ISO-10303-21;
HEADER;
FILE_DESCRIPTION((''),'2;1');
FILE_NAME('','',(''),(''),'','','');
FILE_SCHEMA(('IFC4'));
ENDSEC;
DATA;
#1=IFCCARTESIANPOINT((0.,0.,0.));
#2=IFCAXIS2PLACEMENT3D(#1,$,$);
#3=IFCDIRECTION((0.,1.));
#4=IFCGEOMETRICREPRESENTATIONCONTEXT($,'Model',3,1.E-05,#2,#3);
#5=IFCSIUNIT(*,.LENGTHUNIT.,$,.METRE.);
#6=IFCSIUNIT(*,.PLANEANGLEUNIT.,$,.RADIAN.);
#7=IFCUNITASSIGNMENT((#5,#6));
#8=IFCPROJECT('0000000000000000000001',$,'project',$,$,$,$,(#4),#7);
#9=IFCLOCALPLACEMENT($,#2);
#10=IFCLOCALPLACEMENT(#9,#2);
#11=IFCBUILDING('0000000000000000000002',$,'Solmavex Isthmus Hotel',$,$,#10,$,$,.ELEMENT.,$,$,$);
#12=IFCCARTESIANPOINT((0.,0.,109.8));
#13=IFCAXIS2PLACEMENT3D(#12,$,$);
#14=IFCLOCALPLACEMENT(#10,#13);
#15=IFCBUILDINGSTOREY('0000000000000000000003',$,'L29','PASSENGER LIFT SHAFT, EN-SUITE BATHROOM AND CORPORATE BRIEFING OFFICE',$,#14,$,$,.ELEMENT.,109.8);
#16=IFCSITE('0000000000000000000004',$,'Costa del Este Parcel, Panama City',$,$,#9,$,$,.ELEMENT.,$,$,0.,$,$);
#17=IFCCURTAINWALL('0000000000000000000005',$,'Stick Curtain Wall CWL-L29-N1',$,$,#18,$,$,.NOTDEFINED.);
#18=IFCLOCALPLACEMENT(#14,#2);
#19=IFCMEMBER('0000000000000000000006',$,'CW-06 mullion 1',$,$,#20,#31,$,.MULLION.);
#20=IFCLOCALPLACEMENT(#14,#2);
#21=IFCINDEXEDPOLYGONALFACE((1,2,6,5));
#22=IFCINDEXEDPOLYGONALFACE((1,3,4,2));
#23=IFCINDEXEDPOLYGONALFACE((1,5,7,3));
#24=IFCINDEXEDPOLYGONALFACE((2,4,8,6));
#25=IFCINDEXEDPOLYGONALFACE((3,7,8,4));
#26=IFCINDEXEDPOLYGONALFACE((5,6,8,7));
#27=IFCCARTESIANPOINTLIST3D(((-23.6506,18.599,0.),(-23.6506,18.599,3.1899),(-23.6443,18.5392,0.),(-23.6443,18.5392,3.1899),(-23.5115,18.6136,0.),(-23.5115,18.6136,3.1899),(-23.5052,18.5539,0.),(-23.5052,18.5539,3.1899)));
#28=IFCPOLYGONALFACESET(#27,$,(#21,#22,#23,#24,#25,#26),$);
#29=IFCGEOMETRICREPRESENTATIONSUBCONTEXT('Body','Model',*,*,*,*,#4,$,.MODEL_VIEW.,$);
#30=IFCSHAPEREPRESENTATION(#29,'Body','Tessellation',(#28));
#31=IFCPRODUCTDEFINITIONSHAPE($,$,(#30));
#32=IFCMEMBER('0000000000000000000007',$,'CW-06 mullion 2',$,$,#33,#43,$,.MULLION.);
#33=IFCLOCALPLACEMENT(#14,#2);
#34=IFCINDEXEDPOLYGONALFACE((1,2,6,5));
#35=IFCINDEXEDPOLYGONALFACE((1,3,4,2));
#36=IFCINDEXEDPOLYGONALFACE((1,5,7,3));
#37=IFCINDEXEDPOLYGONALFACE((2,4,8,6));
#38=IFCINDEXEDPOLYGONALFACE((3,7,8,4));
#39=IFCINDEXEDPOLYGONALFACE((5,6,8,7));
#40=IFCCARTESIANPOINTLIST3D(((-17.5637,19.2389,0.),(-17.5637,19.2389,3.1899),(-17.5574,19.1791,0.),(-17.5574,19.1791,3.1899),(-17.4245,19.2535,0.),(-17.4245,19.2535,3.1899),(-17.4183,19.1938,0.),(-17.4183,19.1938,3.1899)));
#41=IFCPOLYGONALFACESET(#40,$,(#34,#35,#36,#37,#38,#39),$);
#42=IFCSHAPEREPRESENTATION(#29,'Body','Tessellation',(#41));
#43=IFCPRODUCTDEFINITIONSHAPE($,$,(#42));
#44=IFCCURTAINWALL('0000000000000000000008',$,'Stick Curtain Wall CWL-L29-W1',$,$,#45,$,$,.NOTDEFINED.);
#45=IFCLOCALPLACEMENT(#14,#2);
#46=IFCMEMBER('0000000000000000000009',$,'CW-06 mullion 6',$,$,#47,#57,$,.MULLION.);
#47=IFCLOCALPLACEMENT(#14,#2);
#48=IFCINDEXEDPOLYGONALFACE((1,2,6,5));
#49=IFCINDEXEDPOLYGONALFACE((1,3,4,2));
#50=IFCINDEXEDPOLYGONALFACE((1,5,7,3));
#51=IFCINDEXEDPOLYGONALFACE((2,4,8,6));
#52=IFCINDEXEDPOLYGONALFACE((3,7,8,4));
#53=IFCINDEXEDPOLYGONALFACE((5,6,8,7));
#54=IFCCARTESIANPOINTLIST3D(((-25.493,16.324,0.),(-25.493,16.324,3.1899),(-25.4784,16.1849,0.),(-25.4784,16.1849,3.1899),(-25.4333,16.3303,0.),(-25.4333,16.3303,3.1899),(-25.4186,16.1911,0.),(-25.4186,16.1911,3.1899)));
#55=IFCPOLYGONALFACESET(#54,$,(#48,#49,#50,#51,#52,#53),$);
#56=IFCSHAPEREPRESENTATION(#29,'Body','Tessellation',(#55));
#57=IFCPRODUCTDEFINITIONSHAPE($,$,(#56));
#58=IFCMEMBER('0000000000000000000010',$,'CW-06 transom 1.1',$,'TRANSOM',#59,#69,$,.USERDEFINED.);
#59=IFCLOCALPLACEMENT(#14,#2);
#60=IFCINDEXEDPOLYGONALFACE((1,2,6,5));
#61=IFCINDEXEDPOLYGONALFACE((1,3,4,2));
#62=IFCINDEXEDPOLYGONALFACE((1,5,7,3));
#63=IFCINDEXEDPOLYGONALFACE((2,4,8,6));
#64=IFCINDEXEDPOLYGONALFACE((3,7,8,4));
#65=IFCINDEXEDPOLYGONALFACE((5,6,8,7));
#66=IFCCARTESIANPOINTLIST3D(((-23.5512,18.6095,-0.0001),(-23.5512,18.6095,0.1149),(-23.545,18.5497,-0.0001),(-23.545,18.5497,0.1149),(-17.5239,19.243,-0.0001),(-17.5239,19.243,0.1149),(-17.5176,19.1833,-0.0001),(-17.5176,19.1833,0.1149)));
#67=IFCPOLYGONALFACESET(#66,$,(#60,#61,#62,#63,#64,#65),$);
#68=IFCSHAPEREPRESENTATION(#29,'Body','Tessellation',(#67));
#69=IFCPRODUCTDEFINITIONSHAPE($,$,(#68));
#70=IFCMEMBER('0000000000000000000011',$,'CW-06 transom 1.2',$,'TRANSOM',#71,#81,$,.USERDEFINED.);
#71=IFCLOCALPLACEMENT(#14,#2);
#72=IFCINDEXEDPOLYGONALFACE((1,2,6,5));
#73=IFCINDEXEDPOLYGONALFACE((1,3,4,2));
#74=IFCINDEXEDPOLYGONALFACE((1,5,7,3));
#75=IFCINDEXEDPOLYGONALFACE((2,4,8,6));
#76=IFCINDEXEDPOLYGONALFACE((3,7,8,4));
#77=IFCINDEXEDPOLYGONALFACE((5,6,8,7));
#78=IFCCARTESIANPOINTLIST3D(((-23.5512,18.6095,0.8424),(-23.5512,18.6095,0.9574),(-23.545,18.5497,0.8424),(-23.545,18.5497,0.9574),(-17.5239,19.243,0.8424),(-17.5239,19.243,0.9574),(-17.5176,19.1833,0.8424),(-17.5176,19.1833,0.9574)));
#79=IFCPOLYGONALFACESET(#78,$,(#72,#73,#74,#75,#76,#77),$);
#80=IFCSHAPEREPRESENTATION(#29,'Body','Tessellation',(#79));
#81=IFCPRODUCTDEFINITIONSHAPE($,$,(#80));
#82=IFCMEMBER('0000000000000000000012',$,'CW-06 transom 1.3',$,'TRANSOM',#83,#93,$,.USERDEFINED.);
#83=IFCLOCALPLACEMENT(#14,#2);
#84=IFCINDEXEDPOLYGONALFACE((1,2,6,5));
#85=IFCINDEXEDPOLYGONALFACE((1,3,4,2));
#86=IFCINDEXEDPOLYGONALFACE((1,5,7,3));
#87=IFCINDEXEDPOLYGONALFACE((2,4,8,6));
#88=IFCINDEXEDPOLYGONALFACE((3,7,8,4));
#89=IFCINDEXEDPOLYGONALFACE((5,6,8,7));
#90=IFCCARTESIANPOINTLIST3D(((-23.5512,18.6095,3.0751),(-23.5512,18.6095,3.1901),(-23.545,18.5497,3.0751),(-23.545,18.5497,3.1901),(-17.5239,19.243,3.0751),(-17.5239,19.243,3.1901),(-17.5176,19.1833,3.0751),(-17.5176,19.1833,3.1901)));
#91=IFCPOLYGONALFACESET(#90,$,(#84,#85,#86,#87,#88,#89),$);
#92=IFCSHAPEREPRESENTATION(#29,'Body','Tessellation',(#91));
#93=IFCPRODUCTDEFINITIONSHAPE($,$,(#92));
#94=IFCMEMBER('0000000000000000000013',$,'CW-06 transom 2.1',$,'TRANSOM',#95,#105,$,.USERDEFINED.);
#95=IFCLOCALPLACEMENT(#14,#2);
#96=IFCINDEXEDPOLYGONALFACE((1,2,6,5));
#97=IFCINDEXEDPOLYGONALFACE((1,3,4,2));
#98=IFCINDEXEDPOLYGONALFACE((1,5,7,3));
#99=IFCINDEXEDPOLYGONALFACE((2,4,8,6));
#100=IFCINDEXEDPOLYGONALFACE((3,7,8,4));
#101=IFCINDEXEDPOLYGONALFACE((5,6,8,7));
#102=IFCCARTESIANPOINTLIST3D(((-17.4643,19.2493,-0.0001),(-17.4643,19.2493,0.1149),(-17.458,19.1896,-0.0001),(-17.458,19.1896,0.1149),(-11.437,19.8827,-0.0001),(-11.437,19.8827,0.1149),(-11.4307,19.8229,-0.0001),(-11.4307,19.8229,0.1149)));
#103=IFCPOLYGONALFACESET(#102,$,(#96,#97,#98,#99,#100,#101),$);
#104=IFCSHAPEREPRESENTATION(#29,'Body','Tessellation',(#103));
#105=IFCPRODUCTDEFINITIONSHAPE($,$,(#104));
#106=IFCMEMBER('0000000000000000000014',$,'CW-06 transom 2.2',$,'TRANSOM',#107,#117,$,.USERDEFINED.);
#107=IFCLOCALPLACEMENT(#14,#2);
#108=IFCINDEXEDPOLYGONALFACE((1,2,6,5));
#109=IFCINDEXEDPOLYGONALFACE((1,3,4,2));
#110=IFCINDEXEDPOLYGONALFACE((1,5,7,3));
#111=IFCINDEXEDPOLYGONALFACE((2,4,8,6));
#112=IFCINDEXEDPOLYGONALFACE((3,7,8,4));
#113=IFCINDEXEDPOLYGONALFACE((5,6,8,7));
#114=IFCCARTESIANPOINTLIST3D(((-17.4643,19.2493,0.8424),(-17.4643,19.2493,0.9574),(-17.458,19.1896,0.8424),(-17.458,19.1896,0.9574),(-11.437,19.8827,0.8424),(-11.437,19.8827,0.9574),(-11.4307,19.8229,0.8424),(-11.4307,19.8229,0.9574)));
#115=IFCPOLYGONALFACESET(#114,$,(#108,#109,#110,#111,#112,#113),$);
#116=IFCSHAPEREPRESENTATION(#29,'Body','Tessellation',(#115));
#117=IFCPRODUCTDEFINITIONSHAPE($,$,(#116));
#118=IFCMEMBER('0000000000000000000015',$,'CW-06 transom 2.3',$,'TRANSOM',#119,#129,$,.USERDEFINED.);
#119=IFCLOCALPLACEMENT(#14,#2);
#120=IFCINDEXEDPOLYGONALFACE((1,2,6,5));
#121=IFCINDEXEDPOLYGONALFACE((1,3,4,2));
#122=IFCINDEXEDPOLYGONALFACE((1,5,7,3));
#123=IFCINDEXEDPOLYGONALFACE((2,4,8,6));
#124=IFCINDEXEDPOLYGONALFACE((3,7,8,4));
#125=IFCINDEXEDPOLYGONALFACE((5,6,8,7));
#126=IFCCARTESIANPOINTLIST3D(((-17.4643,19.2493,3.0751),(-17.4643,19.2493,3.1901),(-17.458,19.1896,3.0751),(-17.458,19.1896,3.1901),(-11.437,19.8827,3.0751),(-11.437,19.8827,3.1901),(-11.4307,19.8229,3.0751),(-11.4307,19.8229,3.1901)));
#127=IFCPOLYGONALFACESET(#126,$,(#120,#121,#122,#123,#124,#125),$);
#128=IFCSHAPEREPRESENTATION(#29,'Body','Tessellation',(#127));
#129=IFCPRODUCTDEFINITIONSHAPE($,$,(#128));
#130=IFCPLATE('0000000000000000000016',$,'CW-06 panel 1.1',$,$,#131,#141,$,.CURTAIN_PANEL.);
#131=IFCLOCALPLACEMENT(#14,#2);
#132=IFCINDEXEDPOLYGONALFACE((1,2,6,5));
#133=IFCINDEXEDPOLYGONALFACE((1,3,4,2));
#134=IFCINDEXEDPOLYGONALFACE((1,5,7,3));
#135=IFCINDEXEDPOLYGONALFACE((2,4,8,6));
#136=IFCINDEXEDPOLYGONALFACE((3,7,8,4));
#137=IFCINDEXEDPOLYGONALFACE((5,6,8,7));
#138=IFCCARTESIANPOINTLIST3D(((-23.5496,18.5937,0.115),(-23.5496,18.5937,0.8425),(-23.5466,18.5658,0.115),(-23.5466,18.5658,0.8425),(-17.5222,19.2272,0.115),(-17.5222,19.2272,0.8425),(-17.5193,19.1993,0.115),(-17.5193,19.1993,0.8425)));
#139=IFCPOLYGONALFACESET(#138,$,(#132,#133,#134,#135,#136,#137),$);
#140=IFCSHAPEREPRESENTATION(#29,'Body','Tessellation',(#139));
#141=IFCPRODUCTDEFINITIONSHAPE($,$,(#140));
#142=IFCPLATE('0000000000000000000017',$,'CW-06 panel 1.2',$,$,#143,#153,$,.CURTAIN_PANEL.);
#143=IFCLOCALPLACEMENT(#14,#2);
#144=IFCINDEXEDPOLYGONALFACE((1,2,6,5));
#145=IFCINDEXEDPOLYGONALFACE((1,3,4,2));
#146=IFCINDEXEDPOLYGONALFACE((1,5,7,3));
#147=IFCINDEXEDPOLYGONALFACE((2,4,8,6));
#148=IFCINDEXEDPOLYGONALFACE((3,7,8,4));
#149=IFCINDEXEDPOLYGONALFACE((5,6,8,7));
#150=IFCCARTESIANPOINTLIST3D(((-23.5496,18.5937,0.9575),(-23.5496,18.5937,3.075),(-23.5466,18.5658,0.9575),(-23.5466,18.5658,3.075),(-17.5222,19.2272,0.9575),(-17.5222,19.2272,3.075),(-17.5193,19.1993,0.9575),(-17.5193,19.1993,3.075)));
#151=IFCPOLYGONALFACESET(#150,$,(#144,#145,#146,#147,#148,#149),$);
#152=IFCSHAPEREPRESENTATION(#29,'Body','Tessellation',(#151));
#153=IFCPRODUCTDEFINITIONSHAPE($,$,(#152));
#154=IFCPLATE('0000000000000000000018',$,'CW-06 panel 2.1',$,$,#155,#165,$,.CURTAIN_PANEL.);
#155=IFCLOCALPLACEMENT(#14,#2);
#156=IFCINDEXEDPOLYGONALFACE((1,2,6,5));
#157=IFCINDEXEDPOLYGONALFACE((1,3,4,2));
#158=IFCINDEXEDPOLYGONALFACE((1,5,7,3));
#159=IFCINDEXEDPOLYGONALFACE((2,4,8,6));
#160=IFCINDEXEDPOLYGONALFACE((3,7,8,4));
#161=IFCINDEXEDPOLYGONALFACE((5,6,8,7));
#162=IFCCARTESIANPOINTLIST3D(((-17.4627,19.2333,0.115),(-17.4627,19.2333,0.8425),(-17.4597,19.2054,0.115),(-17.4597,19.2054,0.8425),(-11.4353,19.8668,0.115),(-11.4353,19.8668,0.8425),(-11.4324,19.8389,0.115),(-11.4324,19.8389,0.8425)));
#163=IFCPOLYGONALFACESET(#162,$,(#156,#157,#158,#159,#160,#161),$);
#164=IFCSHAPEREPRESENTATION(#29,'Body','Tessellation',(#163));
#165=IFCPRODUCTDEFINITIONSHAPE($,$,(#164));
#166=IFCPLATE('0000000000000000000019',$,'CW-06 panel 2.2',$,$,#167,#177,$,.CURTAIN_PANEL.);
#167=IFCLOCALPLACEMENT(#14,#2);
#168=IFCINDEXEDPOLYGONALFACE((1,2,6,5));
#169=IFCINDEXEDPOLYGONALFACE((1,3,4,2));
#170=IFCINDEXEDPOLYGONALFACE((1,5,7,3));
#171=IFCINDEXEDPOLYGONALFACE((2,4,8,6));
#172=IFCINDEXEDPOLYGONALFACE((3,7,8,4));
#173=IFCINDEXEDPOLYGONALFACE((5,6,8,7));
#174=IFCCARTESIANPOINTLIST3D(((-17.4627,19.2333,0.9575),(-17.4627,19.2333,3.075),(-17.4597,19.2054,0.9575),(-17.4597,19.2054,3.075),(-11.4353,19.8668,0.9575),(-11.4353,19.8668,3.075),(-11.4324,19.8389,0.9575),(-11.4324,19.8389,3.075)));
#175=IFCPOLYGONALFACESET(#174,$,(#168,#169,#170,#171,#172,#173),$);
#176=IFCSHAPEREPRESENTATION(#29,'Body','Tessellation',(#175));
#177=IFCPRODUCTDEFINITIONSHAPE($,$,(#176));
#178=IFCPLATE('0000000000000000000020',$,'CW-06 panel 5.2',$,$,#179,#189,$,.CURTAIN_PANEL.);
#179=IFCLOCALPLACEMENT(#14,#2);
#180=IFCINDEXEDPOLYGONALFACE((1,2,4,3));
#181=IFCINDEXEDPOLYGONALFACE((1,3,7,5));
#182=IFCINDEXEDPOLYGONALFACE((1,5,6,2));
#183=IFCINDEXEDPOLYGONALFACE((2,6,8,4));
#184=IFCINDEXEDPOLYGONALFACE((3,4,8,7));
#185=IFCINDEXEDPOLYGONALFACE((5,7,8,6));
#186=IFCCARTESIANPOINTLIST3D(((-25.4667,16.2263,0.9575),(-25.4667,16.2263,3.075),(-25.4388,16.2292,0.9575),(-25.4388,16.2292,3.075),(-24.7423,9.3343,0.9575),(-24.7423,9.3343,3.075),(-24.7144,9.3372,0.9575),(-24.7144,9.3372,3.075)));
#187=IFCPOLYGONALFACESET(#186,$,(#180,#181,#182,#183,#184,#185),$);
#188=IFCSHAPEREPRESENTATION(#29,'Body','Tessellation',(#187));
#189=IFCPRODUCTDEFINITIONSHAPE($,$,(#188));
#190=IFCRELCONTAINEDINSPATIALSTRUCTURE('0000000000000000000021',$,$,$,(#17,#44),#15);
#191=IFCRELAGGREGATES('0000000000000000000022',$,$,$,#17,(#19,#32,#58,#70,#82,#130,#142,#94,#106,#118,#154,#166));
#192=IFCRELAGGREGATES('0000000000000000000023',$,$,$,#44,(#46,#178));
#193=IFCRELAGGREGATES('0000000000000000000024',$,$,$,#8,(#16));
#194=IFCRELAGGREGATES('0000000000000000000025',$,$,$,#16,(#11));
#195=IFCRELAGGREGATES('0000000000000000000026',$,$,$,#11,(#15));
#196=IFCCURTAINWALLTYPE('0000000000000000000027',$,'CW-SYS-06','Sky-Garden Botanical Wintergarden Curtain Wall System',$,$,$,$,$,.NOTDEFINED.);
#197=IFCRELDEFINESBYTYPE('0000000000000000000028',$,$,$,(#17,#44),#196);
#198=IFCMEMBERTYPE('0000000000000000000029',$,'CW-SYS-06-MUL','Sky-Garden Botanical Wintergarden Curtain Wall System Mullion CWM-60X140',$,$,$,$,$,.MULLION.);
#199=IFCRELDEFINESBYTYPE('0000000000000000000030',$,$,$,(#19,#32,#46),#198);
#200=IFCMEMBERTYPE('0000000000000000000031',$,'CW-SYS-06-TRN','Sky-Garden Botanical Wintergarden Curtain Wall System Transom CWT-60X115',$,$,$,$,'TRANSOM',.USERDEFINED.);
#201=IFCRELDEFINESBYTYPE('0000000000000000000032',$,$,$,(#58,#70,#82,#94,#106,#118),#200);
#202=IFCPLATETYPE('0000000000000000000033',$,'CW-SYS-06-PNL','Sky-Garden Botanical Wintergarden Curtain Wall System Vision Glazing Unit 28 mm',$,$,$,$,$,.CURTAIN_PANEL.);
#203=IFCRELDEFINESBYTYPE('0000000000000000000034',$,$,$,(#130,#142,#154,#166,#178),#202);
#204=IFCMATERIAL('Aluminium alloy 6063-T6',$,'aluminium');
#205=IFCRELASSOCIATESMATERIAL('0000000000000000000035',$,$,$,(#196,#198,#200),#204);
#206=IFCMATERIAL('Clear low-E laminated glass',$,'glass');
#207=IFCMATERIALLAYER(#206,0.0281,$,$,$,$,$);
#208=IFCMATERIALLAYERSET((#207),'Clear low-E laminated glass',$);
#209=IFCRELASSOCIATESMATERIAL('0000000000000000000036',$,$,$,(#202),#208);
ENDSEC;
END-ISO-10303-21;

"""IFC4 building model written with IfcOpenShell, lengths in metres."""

from ifc_helpers import new_model, si_unit, direction, frame, origin, origin_2d, place, context, subcontext, project, spatial, rectangle, extrude, material, layer, layer_set, material_profile, profile_set, type_object, element, aggregate, save


model = new_model("IFC4")

# Units and contexts
model_context = context("Model", 3, precision=1e-05, world=origin(), true_north=direction((0.0, 1.0)))
body_context = subcontext(model_context, "Body", "Model", "MODEL_VIEW")
ifc_project = project(units=[si_unit("LENGTHUNIT", "METRE"), si_unit("PLANEANGLEUNIT", "RADIAN")], contexts=[model_context])

# Site, building, storey
site_placement = place(None, origin())
site = spatial("IfcSite", under=ifc_project, at=site_placement, Name="Costa del Este Parcel, Panama City", CompositionType="ELEMENT", RefElevation=0.0)
building_placement = place(site_placement, origin())
building = spatial("IfcBuilding", under=site, at=building_placement, Name="Solmavex Isthmus Hotel", CompositionType="ELEMENT")
storey_placement = place(building_placement, frame((0.0, 0.0, 109.8)))
storey = spatial("IfcBuildingStorey", under=building, at=storey_placement, Name="L29", Description="PASSENGER LIFT SHAFT, EN-SUITE BATHROOM AND CORPORATE BRIEFING OFFICE", CompositionType="ELEMENT", Elevation=109.8)

# Curtain wall, members
ifc_material_1 = material(Name="Aluminium alloy 6063-T6", Category="aluminium")
curtain_wall_type = type_object("IfcCurtainWallType", Name="CW-SYS-06", Description="Sky-Garden Botanical Wintergarden Curtain Wall System", PredefinedType="NOTDEFINED", material=ifc_material_1)
curtain_wall_1_placement = place(storey_placement, origin())
curtain_wall_1 = element("IfcCurtainWall", 1, at=curtain_wall_1_placement, inside=storey, type_object=curtain_wall_type, Name="Stick Curtain Wall CWL-L29-N1", PredefinedType="NOTDEFINED")
ifc_material_profile_1 = material_profile(ifc_material_1, rectangle(XDim=0.0601, YDim=0.1399, at=origin_2d()), Name="CWM-60X140")
ifc_profile_set_1 = profile_set([ifc_material_profile_1], Name="Aluminium alloy 6063-T6")
member_type_1 = type_object("IfcMemberType", Name="CW-SYS-06-MUL", Description="Sky-Garden Botanical Wintergarden Curtain Wall System Mullion CWM-60X140", PredefinedType="MULLION", material=ifc_profile_set_1)
member_1_placement = place(storey_placement, frame((-23.5779, 18.5764, 0.0), z_axis=(0.0, 0.0, 1.0), x_axis=(-0.104528, 0.994522, 0.0)))
member_1 = element("IfcMember", 2, at=member_1_placement, type_object=member_type_1, Name="CW-06 mullion 1", PredefinedType="MULLION", context=body_context, shape_type="SweptSolid", body=[
    extrude(rectangle(XDim=0.0601, YDim=0.1399, at=origin_2d()), origin(), (0.0, 0.0, 1.0), 3.1899),
])
member_2_placement = place(storey_placement, frame((-17.491, 19.2163, 0.0), z_axis=(0.0, 0.0, 1.0), x_axis=(-0.104528, 0.994522, 0.0)))
member_2 = element("IfcMember", 3, at=member_2_placement, type_object=member_type_1, Name="CW-06 mullion 2", PredefinedType="MULLION", context=body_context, shape_type="SweptSolid", body=[
    extrude(rectangle(XDim=0.0601, YDim=0.1399, at=origin_2d()), origin(), (0.0, 0.0, 1.0), 3.1899),
])

# Curtain wall, member
curtain_wall_2_placement = place(storey_placement, origin())
curtain_wall_2 = element("IfcCurtainWall", 4, at=curtain_wall_2_placement, inside=storey, type_object=curtain_wall_type, Name="Stick Curtain Wall CWL-L29-W1", PredefinedType="NOTDEFINED")
member_3_placement = place(storey_placement, frame((-25.4558, 16.2576, 0.0), z_axis=(0.0, 0.0, 1.0), x_axis=(-0.994522, -0.104528, 0.0)))
member_3 = element("IfcMember", 5, at=member_3_placement, type_object=member_type_1, Name="CW-06 mullion 6", PredefinedType="MULLION", context=body_context, shape_type="SweptSolid", body=[
    extrude(rectangle(XDim=0.0601, YDim=0.1399, at=origin_2d()), origin(), (0.0, 0.0, 1.0), 3.1899),
])

# Members
ifc_material_profile_2 = material_profile(ifc_material_1, rectangle(XDim=0.0601, YDim=0.115, at=origin_2d()), Name="CWT-60X115")
ifc_profile_set_2 = profile_set([ifc_material_profile_2], Name="Aluminium alloy 6063-T6")
member_type_2 = type_object("IfcMemberType", Name="CW-SYS-06-TRN", Description="Sky-Garden Botanical Wintergarden Curtain Wall System Transom CWT-60X115", ElementType="TRANSOM", PredefinedType="USERDEFINED", material=ifc_profile_set_2)
member_4_placement = place(storey_placement, frame((-23.5481, 18.5796, 0.0574), z_axis=(0.994521, 0.104536, 0.0), x_axis=(-0.104536, 0.994521, 0.0)))
member_4 = element("IfcMember", 6, at=member_4_placement, type_object=member_type_2, Name="CW-06 transom 1.1", ObjectType="TRANSOM", PredefinedType="USERDEFINED", context=body_context, shape_type="SweptSolid", body=[
    extrude(rectangle(XDim=0.0601, YDim=0.115, at=origin_2d()), origin(), (0.0, 0.0, 1.0), 6.0605),
])
member_5_placement = place(storey_placement, frame((-23.5481, 18.5796, 0.8999), z_axis=(0.994521, 0.104536, 0.0), x_axis=(-0.104536, 0.994521, 0.0)))
member_5 = element("IfcMember", 7, at=member_5_placement, type_object=member_type_2, Name="CW-06 transom 1.2", ObjectType="TRANSOM", PredefinedType="USERDEFINED", context=body_context, shape_type="SweptSolid", body=[
    extrude(rectangle(XDim=0.0601, YDim=0.115, at=origin_2d()), origin(), (0.0, 0.0, 1.0), 6.0605),
])
member_6_placement = place(storey_placement, frame((-23.5481, 18.5796, 3.1326), z_axis=(0.994521, 0.104536, 0.0), x_axis=(-0.104536, 0.994521, 0.0)))
member_6 = element("IfcMember", 8, at=member_6_placement, type_object=member_type_2, Name="CW-06 transom 1.3", ObjectType="TRANSOM", PredefinedType="USERDEFINED", context=body_context, shape_type="SweptSolid", body=[
    extrude(rectangle(XDim=0.0601, YDim=0.115, at=origin_2d()), origin(), (0.0, 0.0, 1.0), 6.0605),
])
member_7_placement = place(storey_placement, frame((-17.4612, 19.2195, 0.0574), z_axis=(0.994525, 0.104496, 0.0), x_axis=(-0.104496, 0.994525, 0.0)))
member_7 = element("IfcMember", 9, at=member_7_placement, type_object=member_type_2, Name="CW-06 transom 2.1", ObjectType="TRANSOM", PredefinedType="USERDEFINED", context=body_context, shape_type="SweptSolid", body=[
    extrude(rectangle(XDim=0.0601, YDim=0.115, at=origin_2d()), origin(), (0.0, 0.0, 1.0), 6.0605),
])
member_8_placement = place(storey_placement, frame((-17.4612, 19.2195, 0.8999), z_axis=(0.994525, 0.104496, 0.0), x_axis=(-0.104496, 0.994525, 0.0)))
member_8 = element("IfcMember", 10, at=member_8_placement, type_object=member_type_2, Name="CW-06 transom 2.2", ObjectType="TRANSOM", PredefinedType="USERDEFINED", context=body_context, shape_type="SweptSolid", body=[
    extrude(rectangle(XDim=0.0601, YDim=0.115, at=origin_2d()), origin(), (0.0, 0.0, 1.0), 6.0605),
])
member_9_placement = place(storey_placement, frame((-17.4612, 19.2195, 3.1326), z_axis=(0.994525, 0.104496, 0.0), x_axis=(-0.104496, 0.994525, 0.0)))
member_9 = element("IfcMember", 11, at=member_9_placement, type_object=member_type_2, Name="CW-06 transom 2.3", ObjectType="TRANSOM", PredefinedType="USERDEFINED", context=body_context, shape_type="SweptSolid", body=[
    extrude(rectangle(XDim=0.0601, YDim=0.115, at=origin_2d()), origin(), (0.0, 0.0, 1.0), 6.0605),
])

# Plates
ifc_material_2 = material(Name="Clear low-E laminated glass", Category="glass")
ifc_layer_1 = layer(ifc_material_2, 0.0281)
ifc_layer_set_1 = layer_set([ifc_layer_1], Name="Clear low-E laminated glass")
plate_type = type_object("IfcPlateType", Name="CW-SYS-06-PNL", Description="Sky-Garden Botanical Wintergarden Curtain Wall System Vision Glazing Unit 28 mm", PredefinedType="CURTAIN_PANEL", material=ifc_layer_set_1)
plate_1_placement = place(storey_placement, frame((-20.5344, 18.8965, 0.115), z_axis=(0.0, 0.0, 1.0), x_axis=(0.994522, 0.104528, 0.0)))
plate_1 = element("IfcPlate", 12, at=plate_1_placement, type_object=plate_type, Name="CW-06 panel 1.1", PredefinedType="CURTAIN_PANEL", context=body_context, shape_type="SweptSolid", body=[
    extrude(rectangle(XDim=6.0605, YDim=0.0281, at=origin_2d()), origin(), (0.0, 0.0, 1.0), 0.7275),
])
plate_2_placement = place(storey_placement, frame((-20.5344, 18.8965, 0.9575), z_axis=(0.0, 0.0, 1.0), x_axis=(0.994522, 0.104528, 0.0)))
plate_2 = element("IfcPlate", 13, at=plate_2_placement, type_object=plate_type, Name="CW-06 panel 1.2", PredefinedType="CURTAIN_PANEL", context=body_context, shape_type="SweptSolid", body=[
    extrude(rectangle(XDim=6.0605, YDim=0.0281, at=origin_2d()), origin(), (0.0, 0.0, 1.0), 2.1174),
])
plate_3_placement = place(storey_placement, frame((-14.4475, 19.5361, 0.115), z_axis=(0.0, 0.0, 1.0), x_axis=(0.994522, 0.104528, 0.0)))
plate_3 = element("IfcPlate", 14, at=plate_3_placement, type_object=plate_type, Name="CW-06 panel 2.1", PredefinedType="CURTAIN_PANEL", context=body_context, shape_type="SweptSolid", body=[
    extrude(rectangle(XDim=6.0605, YDim=0.0281, at=origin_2d()), origin(), (0.0, 0.0, 1.0), 0.7275),
])
plate_4_placement = place(storey_placement, frame((-14.4475, 19.5361, 0.9575), z_axis=(0.0, 0.0, 1.0), x_axis=(0.994522, 0.104528, 0.0)))
plate_4 = element("IfcPlate", 15, at=plate_4_placement, type_object=plate_type, Name="CW-06 panel 2.2", PredefinedType="CURTAIN_PANEL", context=body_context, shape_type="SweptSolid", body=[
    extrude(rectangle(XDim=6.0605, YDim=0.0281, at=origin_2d()), origin(), (0.0, 0.0, 1.0), 2.1174),
])
aggregate(curtain_wall_1, [member_1, member_2, member_4, member_5, member_6, plate_1, plate_2, member_7, member_8, member_9, plate_3, plate_4])
plate_5_placement = place(storey_placement, frame((-25.0906, 12.7817, 0.9575), z_axis=(0.0, 0.0, 1.0), x_axis=(-0.104528, 0.994522, 0.0)))
plate_5 = element("IfcPlate", 16, at=plate_5_placement, type_object=plate_type, Name="CW-06 panel 5.2", PredefinedType="CURTAIN_PANEL", context=body_context, shape_type="SweptSolid", body=[
    extrude(rectangle(XDim=6.9299, YDim=0.0281, at=origin_2d()), origin(), (0.0, 0.0, 1.0), 2.1174),
])
aggregate(curtain_wall_2, [member_3, plate_5])

save(model, "model.ifc")
